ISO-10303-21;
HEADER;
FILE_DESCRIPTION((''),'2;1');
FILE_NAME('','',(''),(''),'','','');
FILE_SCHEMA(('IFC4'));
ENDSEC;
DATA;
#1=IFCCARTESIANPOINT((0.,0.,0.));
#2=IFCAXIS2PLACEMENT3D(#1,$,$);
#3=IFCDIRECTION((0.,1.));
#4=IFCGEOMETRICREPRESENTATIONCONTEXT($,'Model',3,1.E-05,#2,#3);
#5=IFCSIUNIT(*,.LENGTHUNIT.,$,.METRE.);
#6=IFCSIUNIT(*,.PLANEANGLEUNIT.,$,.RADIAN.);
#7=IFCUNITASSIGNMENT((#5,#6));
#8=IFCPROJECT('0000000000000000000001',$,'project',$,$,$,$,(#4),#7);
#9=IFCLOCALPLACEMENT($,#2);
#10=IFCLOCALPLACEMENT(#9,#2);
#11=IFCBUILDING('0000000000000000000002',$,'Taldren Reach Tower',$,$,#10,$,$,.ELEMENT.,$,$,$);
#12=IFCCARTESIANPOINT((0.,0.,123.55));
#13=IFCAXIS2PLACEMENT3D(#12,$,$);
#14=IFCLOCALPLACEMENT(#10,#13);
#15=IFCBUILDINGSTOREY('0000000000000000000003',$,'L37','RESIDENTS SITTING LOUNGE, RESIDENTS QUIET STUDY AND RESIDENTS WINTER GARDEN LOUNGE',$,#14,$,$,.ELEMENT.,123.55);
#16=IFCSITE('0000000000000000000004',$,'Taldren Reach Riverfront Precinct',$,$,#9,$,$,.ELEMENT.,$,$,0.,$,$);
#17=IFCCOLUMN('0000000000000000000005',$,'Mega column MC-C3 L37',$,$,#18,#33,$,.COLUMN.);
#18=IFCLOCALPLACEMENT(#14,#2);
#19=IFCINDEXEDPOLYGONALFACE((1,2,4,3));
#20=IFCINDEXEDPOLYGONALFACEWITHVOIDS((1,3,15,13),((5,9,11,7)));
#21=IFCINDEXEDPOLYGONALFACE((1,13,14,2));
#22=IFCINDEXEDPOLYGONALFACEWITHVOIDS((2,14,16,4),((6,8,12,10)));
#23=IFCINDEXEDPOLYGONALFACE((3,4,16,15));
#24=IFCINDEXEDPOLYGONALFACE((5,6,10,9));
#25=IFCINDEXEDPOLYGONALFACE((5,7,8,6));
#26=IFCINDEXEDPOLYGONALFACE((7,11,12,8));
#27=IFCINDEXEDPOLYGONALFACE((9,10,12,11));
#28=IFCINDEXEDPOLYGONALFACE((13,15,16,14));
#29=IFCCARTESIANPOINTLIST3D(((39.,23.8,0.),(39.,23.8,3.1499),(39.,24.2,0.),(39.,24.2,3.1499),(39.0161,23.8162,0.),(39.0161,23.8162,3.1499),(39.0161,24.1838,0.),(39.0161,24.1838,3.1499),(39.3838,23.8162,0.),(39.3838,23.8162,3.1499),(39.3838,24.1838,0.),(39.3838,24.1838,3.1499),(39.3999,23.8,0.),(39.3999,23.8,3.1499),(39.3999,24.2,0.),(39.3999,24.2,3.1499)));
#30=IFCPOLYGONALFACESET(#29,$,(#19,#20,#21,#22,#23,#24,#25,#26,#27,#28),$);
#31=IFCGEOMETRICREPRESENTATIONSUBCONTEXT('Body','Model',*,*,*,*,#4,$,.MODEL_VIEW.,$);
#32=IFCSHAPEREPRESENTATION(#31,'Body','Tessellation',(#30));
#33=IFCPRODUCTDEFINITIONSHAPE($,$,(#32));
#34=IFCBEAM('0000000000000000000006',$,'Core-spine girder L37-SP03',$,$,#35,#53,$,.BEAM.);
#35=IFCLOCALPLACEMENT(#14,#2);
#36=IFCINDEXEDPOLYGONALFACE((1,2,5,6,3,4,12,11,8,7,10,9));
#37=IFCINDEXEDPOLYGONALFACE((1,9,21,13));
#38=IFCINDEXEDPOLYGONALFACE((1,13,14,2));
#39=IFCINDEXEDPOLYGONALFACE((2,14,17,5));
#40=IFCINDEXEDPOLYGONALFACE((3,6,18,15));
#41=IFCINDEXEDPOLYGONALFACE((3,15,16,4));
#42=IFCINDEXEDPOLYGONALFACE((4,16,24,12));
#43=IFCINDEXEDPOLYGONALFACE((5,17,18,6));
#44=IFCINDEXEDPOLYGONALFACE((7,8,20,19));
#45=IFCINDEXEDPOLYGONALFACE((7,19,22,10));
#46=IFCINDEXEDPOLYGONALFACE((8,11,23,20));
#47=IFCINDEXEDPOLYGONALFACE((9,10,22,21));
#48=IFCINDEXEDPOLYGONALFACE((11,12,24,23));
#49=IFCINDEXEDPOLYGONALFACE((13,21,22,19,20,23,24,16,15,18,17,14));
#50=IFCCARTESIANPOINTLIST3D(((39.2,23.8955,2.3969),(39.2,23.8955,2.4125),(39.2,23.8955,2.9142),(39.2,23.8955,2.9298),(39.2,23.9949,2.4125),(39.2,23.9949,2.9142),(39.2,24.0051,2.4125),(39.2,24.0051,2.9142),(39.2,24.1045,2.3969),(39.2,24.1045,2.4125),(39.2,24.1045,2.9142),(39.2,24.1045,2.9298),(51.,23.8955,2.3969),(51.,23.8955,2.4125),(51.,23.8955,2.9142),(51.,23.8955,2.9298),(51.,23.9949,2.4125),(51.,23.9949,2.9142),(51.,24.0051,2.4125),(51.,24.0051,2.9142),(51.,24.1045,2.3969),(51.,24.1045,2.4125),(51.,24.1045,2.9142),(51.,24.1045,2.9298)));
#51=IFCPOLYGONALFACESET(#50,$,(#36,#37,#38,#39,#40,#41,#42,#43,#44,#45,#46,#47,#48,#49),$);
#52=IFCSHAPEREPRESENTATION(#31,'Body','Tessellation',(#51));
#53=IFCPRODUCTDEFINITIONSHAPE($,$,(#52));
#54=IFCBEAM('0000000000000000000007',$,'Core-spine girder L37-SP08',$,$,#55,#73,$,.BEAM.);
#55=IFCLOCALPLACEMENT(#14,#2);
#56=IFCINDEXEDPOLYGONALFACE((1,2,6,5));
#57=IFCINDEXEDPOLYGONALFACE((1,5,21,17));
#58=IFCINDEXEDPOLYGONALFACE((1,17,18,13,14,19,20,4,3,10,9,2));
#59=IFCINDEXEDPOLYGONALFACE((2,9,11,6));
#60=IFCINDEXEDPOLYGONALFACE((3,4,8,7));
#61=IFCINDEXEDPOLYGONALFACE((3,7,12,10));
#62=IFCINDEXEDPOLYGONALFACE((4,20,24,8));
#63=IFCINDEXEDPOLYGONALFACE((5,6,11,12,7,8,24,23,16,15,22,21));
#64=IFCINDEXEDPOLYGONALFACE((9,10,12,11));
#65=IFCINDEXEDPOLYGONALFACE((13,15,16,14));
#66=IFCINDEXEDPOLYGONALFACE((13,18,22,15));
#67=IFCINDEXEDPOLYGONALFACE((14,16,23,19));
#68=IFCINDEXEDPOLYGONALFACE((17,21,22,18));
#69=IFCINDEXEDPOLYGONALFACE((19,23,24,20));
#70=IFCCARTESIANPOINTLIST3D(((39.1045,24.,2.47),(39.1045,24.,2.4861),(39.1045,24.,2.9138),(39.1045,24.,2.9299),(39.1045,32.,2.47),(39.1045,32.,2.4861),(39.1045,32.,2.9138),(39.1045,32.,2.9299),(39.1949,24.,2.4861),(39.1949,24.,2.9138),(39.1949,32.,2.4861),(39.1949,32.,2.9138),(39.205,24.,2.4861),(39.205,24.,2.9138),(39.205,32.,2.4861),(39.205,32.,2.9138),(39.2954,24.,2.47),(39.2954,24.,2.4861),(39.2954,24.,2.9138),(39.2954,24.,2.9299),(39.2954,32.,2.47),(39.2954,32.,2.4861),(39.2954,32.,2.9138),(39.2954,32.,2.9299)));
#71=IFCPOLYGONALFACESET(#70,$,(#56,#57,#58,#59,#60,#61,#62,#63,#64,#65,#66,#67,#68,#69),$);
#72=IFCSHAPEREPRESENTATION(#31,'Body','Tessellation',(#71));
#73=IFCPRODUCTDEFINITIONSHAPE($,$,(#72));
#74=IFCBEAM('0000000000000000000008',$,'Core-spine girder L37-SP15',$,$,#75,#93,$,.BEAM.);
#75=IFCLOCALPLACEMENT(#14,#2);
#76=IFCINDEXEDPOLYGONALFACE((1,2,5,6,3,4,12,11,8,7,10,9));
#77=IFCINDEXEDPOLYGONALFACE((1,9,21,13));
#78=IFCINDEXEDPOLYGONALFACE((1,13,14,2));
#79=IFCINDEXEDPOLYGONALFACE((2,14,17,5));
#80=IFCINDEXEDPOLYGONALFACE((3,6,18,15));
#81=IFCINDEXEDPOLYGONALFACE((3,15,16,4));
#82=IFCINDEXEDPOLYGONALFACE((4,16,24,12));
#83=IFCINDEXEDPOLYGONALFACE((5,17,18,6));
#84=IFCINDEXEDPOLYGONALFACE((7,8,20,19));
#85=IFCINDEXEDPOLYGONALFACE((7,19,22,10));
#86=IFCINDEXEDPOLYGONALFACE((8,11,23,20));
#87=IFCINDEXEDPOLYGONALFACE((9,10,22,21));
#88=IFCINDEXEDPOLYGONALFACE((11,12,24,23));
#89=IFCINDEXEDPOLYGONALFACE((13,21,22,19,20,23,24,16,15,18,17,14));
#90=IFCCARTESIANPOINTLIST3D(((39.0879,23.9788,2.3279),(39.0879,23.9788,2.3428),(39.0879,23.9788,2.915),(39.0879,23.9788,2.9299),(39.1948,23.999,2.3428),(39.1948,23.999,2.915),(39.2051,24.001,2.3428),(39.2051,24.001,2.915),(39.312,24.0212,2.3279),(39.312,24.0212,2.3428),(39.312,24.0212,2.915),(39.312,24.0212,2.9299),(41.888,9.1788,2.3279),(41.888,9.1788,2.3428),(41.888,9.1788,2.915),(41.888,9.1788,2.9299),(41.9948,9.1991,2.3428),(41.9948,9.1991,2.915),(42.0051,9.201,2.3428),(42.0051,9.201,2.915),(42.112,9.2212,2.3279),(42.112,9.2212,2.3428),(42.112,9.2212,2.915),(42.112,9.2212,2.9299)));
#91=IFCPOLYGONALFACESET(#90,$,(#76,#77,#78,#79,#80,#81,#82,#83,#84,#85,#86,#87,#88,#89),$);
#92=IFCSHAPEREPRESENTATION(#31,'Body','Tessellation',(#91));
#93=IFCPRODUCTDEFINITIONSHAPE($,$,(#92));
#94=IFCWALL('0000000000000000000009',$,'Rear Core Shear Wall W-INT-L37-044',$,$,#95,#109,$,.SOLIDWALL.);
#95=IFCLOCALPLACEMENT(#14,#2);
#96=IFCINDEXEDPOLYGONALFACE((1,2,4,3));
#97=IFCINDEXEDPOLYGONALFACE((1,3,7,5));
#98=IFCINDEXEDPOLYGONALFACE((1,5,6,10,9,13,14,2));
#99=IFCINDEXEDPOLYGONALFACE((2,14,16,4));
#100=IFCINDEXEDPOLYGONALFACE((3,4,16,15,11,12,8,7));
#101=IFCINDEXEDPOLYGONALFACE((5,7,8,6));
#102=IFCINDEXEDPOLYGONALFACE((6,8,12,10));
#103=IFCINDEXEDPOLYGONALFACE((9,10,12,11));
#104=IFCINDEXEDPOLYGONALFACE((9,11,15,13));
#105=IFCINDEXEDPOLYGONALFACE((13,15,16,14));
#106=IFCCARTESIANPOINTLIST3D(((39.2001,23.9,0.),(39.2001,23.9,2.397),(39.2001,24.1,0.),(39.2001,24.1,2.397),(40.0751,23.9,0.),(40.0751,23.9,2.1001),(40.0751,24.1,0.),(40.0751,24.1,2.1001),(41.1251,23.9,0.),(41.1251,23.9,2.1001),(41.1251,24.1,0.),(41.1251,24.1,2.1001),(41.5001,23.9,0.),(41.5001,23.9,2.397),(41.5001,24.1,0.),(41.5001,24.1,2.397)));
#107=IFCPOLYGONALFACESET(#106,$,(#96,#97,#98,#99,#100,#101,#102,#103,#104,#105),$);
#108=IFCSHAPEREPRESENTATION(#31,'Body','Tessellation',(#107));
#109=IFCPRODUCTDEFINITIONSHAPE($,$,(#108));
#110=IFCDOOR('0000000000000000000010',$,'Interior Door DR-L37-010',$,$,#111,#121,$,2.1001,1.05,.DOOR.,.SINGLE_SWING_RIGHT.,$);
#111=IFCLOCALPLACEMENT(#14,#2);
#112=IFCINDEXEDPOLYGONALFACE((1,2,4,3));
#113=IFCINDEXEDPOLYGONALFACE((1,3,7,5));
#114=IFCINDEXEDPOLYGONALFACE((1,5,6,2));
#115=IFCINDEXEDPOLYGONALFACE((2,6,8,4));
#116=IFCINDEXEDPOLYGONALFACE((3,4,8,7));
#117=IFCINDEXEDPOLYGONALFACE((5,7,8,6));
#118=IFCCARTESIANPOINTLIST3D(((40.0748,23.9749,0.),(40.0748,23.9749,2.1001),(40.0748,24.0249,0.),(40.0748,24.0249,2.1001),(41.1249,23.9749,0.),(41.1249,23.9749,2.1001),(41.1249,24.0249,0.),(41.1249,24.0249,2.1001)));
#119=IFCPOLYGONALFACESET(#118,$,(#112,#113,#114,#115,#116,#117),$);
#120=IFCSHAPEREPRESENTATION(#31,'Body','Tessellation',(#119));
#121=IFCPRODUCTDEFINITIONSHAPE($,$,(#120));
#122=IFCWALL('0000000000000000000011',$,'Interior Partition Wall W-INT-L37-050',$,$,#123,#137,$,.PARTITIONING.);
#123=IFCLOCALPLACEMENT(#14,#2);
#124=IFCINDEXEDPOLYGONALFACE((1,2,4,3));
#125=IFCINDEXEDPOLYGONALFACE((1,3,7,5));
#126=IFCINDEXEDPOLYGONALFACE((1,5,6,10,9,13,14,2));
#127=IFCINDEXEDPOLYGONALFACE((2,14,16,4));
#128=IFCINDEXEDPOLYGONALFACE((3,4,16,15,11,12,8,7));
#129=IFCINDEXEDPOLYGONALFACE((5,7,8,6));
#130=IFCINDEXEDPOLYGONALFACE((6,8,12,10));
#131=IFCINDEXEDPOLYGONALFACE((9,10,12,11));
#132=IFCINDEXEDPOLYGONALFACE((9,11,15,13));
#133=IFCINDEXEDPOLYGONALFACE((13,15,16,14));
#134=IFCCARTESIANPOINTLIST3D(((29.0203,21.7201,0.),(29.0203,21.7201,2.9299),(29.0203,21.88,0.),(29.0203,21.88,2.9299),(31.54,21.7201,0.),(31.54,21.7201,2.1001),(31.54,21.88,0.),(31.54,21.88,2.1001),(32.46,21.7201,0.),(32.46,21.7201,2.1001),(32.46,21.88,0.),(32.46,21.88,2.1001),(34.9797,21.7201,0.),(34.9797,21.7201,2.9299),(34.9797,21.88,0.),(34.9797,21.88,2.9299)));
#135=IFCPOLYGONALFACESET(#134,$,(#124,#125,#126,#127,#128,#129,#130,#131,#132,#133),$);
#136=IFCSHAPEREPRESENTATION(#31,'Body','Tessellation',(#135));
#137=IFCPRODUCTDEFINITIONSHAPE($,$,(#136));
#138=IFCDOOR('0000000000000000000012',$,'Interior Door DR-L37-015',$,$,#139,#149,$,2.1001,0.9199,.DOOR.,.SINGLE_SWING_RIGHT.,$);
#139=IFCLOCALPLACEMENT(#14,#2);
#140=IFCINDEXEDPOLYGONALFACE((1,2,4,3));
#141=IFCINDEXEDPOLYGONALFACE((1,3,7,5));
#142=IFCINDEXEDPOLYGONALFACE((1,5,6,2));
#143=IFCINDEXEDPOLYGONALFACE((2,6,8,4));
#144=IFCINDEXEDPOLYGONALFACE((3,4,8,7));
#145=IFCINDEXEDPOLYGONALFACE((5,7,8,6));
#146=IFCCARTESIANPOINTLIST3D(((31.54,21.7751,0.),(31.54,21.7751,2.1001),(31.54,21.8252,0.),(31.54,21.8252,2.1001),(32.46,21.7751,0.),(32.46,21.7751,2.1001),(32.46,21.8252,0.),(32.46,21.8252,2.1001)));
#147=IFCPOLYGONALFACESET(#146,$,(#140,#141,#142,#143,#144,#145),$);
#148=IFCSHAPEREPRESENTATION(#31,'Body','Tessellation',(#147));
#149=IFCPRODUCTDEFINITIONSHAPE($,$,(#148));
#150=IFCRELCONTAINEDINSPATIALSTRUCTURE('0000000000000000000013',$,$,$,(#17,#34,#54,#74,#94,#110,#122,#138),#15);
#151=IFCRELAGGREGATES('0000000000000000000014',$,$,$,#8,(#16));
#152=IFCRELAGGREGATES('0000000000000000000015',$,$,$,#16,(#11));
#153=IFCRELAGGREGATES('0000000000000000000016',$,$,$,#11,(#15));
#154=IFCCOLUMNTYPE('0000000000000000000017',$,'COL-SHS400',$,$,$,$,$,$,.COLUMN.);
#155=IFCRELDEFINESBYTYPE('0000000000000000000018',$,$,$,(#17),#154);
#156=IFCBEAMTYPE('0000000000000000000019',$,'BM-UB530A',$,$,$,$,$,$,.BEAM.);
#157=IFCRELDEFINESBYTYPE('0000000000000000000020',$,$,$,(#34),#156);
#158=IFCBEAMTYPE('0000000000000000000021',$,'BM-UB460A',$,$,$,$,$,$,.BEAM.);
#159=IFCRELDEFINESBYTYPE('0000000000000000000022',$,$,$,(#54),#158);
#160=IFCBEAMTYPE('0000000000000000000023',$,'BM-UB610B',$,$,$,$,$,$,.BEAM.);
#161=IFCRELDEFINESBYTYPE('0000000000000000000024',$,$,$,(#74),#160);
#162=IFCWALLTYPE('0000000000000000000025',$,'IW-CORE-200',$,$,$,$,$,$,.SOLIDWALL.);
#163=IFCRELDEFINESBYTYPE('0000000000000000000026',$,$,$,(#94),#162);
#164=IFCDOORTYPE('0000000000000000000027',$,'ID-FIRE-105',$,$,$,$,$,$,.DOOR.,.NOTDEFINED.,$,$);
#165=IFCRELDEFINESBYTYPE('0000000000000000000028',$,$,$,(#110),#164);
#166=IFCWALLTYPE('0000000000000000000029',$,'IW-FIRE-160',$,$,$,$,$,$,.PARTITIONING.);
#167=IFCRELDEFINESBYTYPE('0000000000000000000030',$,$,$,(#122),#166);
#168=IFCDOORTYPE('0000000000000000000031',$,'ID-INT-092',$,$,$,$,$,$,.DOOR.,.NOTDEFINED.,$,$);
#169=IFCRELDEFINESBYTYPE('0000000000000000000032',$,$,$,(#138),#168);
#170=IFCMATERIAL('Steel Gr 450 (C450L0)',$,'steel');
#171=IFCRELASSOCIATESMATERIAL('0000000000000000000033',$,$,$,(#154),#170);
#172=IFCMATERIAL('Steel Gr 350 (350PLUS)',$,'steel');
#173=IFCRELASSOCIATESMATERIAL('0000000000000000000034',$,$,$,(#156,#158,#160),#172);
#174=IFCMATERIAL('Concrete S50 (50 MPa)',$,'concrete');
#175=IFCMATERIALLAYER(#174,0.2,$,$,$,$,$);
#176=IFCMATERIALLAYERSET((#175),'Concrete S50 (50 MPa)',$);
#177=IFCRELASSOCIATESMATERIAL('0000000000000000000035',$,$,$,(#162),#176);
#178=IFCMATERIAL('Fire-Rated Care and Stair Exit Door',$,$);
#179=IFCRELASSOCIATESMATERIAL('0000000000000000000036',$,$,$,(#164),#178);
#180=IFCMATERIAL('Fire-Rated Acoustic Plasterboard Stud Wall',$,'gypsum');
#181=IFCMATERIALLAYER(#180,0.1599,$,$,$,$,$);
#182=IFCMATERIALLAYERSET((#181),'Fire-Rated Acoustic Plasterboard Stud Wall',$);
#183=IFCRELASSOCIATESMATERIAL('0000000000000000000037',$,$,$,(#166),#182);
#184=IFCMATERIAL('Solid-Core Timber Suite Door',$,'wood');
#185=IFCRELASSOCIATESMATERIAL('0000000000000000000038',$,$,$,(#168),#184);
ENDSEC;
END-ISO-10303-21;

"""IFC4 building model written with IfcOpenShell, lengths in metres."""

from ifc_helpers import new_model, si_unit, direction, frame, frame_2d, origin, origin_2d, place, context, subcontext, project, spatial, rectangle, hollow_rectangle, i_section, extrude, source, transform, mapped, material, layer, layer_set, material_profile, profile_set, type_object, element, fill, save


model = new_model("IFC4")

# Units and contexts
model_context = context("Model", 3, precision=1e-05, world=origin(), true_north=direction((0.0, 1.0)))
body_context = subcontext(model_context, "Body", "Model", "MODEL_VIEW")
ifc_project = project(units=[si_unit("LENGTHUNIT", "METRE"), si_unit("PLANEANGLEUNIT", "RADIAN")], contexts=[model_context])

# Site, building, storey
site_placement = place(None, origin())
site = spatial("IfcSite", under=ifc_project, at=site_placement, Name="Taldren Reach Riverfront Precinct", CompositionType="ELEMENT", RefElevation=0.0)
building_placement = place(site_placement, origin())
building = spatial("IfcBuilding", under=site, at=building_placement, Name="Taldren Reach Tower", CompositionType="ELEMENT")
storey_placement = place(building_placement, frame((0.0, 0.0, 123.55)))
storey = spatial("IfcBuildingStorey", under=building, at=storey_placement, Name="L37", Description="RESIDENTS SITTING LOUNGE, RESIDENTS QUIET STUDY AND RESIDENTS WINTER GARDEN LOUNGE", CompositionType="ELEMENT", Elevation=123.55)

# Column
ifc_material_1 = material(Name="Steel Gr 450 (C450L0)", Category="steel")
ifc_material_profile_1 = material_profile(ifc_material_1, hollow_rectangle(XDim=0.3999, YDim=0.3999, WallThickness=0.0161, at=origin_2d()), Name="400x400x16.0SHS")
ifc_profile_set_1 = profile_set([ifc_material_profile_1], Name="Steel Gr 450 (C450L0)")
column_type = type_object("IfcColumnType", Name="COL-SHS400", PredefinedType="COLUMN", material=ifc_profile_set_1)
shared_shape_1 = source(origin(), body_context, "Body", "SweptSolid", [
    extrude(hollow_rectangle(XDim=0.3999, YDim=0.3999, WallThickness=0.0161, at=origin_2d()), origin(), (0.0, 0.0, 1.0), 3.1499),
])
column_placement = place(storey_placement, frame((39.2, 24.0, 0.0), z_axis=(0.0, 0.0, 1.0), x_axis=(1.0, 0.0, 0.0)))
element("IfcColumn", 1, at=column_placement, inside=storey, type_object=column_type, Name="Mega column MC-C3 L37", PredefinedType="COLUMN", context=body_context, shape_type="MappedRepresentation", body=[
    mapped(shared_shape_1, transform((0.0, 0.0, 0.0), scale=1.0)),
])

# Beams
ifc_material_2 = material(Name="Steel Gr 350 (350PLUS)", Category="steel")
ifc_material_profile_2 = material_profile(ifc_material_2, i_section(OverallWidth=0.209, OverallDepth=0.533, WebThickness=0.0103, FlangeThickness=0.0156, at=origin_2d()), Name="530UB92.4")
ifc_profile_set_2 = profile_set([ifc_material_profile_2], Name="Steel Gr 350 (350PLUS)")
beam_type_1 = type_object("IfcBeamType", Name="BM-UB530A", PredefinedType="BEAM", material=ifc_profile_set_2)
shared_shape_2 = source(origin(), body_context, "Body", "SweptSolid", [
    extrude(i_section(OverallWidth=0.209, OverallDepth=0.533, WebThickness=0.0103, FlangeThickness=0.0156, at=origin_2d()), origin(), (0.0, 0.0, 1.0), 11.8),
])
beam_1_placement = place(storey_placement, frame((39.2, 24.0, 2.6633), z_axis=(1.0, 0.0, 0.0), x_axis=(0.0, 1.0, 0.0)))
element("IfcBeam", 2, at=beam_1_placement, inside=storey, type_object=beam_type_1, Name="Core-spine girder L37-SP03", PredefinedType="BEAM", context=body_context, shape_type="MappedRepresentation", body=[
    mapped(shared_shape_2, transform((0.0, 0.0, 0.0), scale=1.0)),
])
ifc_material_profile_3 = material_profile(ifc_material_2, i_section(OverallWidth=0.1909, OverallDepth=0.46, WebThickness=0.01, FlangeThickness=0.0161, at=origin_2d()), Name="460UB82.1")
ifc_profile_set_3 = profile_set([ifc_material_profile_3], Name="Steel Gr 350 (350PLUS)")
beam_type_2 = type_object("IfcBeamType", Name="BM-UB460A", PredefinedType="BEAM", material=ifc_profile_set_3)
shared_shape_3 = source(origin(), body_context, "Body", "SweptSolid", [
    extrude(i_section(OverallWidth=0.1909, OverallDepth=0.46, WebThickness=0.01, FlangeThickness=0.0161, at=origin_2d()), origin(), (0.0, 0.0, 1.0), 8.0),
])
beam_2_placement = place(storey_placement, frame((39.2, 24.0, 2.7), z_axis=(0.0, 1.0, 0.0), x_axis=(-1.0, 0.0, 0.0)))
element("IfcBeam", 3, at=beam_2_placement, inside=storey, type_object=beam_type_2, Name="Core-spine girder L37-SP08", PredefinedType="BEAM", context=body_context, shape_type="MappedRepresentation", body=[
    mapped(shared_shape_3, transform((0.0, 0.0, 0.0), scale=1.0)),
])
ifc_material_profile_4 = material_profile(ifc_material_2, i_section(OverallWidth=0.228, OverallDepth=0.6021, WebThickness=0.0105, FlangeThickness=0.0149, at=origin_2d()), Name="610UB101")
ifc_profile_set_4 = profile_set([ifc_material_profile_4], Name="Steel Gr 350 (350PLUS)")
beam_type_3 = type_object("IfcBeamType", Name="BM-UB610B", PredefinedType="BEAM", material=ifc_profile_set_4)
shared_shape_4 = source(origin(), body_context, "Body", "SweptSolid", [
    extrude(i_section(OverallWidth=0.228, OverallDepth=0.6021, WebThickness=0.0105, FlangeThickness=0.0149, at=origin_2d()), origin(), (0.0, 0.0, 1.0), 15.0625),
])
beam_3_placement = place(storey_placement, frame((39.2, 24.0, 2.6289), z_axis=(0.185894, -0.98257, 0.0), x_axis=(0.98257, 0.185894, 0.0)))
element("IfcBeam", 4, at=beam_3_placement, inside=storey, type_object=beam_type_3, Name="Core-spine girder L37-SP15", PredefinedType="BEAM", context=body_context, shape_type="MappedRepresentation", body=[
    mapped(shared_shape_4, transform((0.0, 0.0, 0.0), scale=1.0)),
])

# Walls, openings, doors
ifc_material_3 = material(Name="Concrete S50 (50 MPa)", Category="concrete")
ifc_layer_1 = layer(ifc_material_3, 0.2)
ifc_layer_set_1 = layer_set([ifc_layer_1], Name="Concrete S50 (50 MPa)")
wall_type_1 = type_object("IfcWallType", Name="IW-CORE-200", PredefinedType="SOLIDWALL", material=ifc_layer_set_1)
shared_shape_5 = source(origin(), body_context, "Body", "SweptSolid", [
    extrude(rectangle(XDim=2.3, YDim=0.2, at=frame_2d((1.1499, 0.0))), origin(), (0.0, 0.0, 1.0), 2.397),
])
wall_1_placement = place(storey_placement, frame((41.5, 24.0, 0.0), z_axis=(0.0, 0.0, 1.0), x_axis=(-1.0, 0.0, 0.0)))
wall_1 = element("IfcWall", 5, at=wall_1_placement, inside=storey, type_object=wall_type_1, Name="Rear Core Shear Wall W-INT-L37-044", PredefinedType="SOLIDWALL", context=body_context, shape_type="MappedRepresentation", body=[
    mapped(shared_shape_5, transform((0.0, 0.0, 0.0), scale=1.0)),
])
shared_shape_6 = source(origin(), body_context, "Body", "SweptSolid", [
    extrude(rectangle(XDim=1.05, YDim=2.1001, at=frame_2d((0.5249, 1.05))), frame((0.0, 0.1099, 0.0), z_axis=(0.0, -1.0, 0.0), x_axis=(1.0, 0.0, 0.0)), (0.0, 0.0, 1.0), 0.22),
])
opening_1_placement = place(wall_1_placement, frame((0.375, 0.0, 0.0)))
opening_1 = element("IfcOpeningElement", 6, at=opening_1_placement, cuts=wall_1, PredefinedType="OPENING", context=body_context, shape_type="MappedRepresentation", body=[
    mapped(shared_shape_6, transform((0.0, 0.0, 0.0), scale=1.0)),
])
ifc_material_4 = material(Name="Fire-Rated Care and Stair Exit Door")
door_type_1 = type_object("IfcDoorType", Name="ID-FIRE-105", OperationType="NOTDEFINED", PredefinedType="DOOR", material=ifc_material_4)
shared_shape_7 = source(origin(), body_context, "Body", "SweptSolid", [
    extrude(rectangle(XDim=1.05, YDim=2.1001, at=frame_2d((0.5249, 1.05))), frame((0.0, 0.0249, 0.0), z_axis=(0.0, -1.0, 0.0), x_axis=(1.0, 0.0, 0.0)), (0.0, 0.0, 1.0), 0.05),
])
door_1_placement = place(opening_1_placement, frame((1.05, 0.0, 0.0), z_axis=(0.0, 0.0, 1.0), x_axis=(-1.0, 0.0, 0.0)))
door_1 = element("IfcDoor", 7, at=door_1_placement, inside=storey, type_object=door_type_1, Name="Interior Door DR-L37-010", OperationType="SINGLE_SWING_RIGHT", OverallHeight=2.1001, OverallWidth=1.05, PredefinedType="DOOR", context=body_context, shape_type="MappedRepresentation", body=[
    mapped(shared_shape_7, transform((0.0, 0.0, 0.0), scale=1.0)),
])
fill(opening_1, door_1)
ifc_material_5 = material(Name="Fire-Rated Acoustic Plasterboard Stud Wall", Category="gypsum")
ifc_layer_2 = layer(ifc_material_5, 0.1599)
ifc_layer_set_2 = layer_set([ifc_layer_2], Name="Fire-Rated Acoustic Plasterboard Stud Wall")
wall_type_2 = type_object("IfcWallType", Name="IW-FIRE-160", PredefinedType="PARTITIONING", material=ifc_layer_set_2)
shared_shape_8 = source(origin(), body_context, "Body", "SweptSolid", [
    extrude(rectangle(XDim=5.9595, YDim=0.1599, at=frame_2d((2.9797, 0.0))), origin(), (0.0, 0.0, 1.0), 2.9299),
])
wall_2_placement = place(storey_placement, frame((34.9797, 21.8, 0.0), z_axis=(0.0, 0.0, 1.0), x_axis=(-1.0, 0.0, 0.0)))
wall_2 = element("IfcWall", 8, at=wall_2_placement, inside=storey, type_object=wall_type_2, Name="Interior Partition Wall W-INT-L37-050", PredefinedType="PARTITIONING", context=body_context, shape_type="MappedRepresentation", body=[
    mapped(shared_shape_8, transform((0.0, 0.0, 0.0), scale=1.0)),
])
shared_shape_9 = source(origin(), body_context, "Body", "SweptSolid", [
    extrude(rectangle(XDim=0.9199, YDim=2.1001, at=frame_2d((0.46, 1.05))), frame((0.0, 0.0898, 0.0), z_axis=(0.0, -1.0, 0.0), x_axis=(1.0, 0.0, 0.0)), (0.0, 0.0, 1.0), 0.1799),
])
opening_2_placement = place(wall_2_placement, frame((2.5198, 0.0, 0.0)))
opening_2 = element("IfcOpeningElement", 9, at=opening_2_placement, cuts=wall_2, PredefinedType="OPENING", context=body_context, shape_type="MappedRepresentation", body=[
    mapped(shared_shape_9, transform((0.0, 0.0, 0.0), scale=1.0)),
])
ifc_material_6 = material(Name="Solid-Core Timber Suite Door", Category="wood")
door_type_2 = type_object("IfcDoorType", Name="ID-INT-092", OperationType="NOTDEFINED", PredefinedType="DOOR", material=ifc_material_6)
shared_shape_10 = source(origin(), body_context, "Body", "SweptSolid", [
    extrude(rectangle(XDim=0.9199, YDim=2.1001, at=frame_2d((0.46, 1.05))), frame((0.0, 0.0249, 0.0), z_axis=(0.0, -1.0, 0.0), x_axis=(1.0, 0.0, 0.0)), (0.0, 0.0, 1.0), 0.05),
])
door_2_placement = place(opening_2_placement, origin())
door_2 = element("IfcDoor", 10, at=door_2_placement, inside=storey, type_object=door_type_2, Name="Interior Door DR-L37-015", OperationType="SINGLE_SWING_RIGHT", OverallHeight=2.1001, OverallWidth=0.9199, PredefinedType="DOOR", context=body_context, shape_type="MappedRepresentation", body=[
    mapped(shared_shape_10, transform((0.0, 0.0, 0.0), scale=1.0)),
])
fill(opening_2, door_2)

save(model, "model.ifc")
